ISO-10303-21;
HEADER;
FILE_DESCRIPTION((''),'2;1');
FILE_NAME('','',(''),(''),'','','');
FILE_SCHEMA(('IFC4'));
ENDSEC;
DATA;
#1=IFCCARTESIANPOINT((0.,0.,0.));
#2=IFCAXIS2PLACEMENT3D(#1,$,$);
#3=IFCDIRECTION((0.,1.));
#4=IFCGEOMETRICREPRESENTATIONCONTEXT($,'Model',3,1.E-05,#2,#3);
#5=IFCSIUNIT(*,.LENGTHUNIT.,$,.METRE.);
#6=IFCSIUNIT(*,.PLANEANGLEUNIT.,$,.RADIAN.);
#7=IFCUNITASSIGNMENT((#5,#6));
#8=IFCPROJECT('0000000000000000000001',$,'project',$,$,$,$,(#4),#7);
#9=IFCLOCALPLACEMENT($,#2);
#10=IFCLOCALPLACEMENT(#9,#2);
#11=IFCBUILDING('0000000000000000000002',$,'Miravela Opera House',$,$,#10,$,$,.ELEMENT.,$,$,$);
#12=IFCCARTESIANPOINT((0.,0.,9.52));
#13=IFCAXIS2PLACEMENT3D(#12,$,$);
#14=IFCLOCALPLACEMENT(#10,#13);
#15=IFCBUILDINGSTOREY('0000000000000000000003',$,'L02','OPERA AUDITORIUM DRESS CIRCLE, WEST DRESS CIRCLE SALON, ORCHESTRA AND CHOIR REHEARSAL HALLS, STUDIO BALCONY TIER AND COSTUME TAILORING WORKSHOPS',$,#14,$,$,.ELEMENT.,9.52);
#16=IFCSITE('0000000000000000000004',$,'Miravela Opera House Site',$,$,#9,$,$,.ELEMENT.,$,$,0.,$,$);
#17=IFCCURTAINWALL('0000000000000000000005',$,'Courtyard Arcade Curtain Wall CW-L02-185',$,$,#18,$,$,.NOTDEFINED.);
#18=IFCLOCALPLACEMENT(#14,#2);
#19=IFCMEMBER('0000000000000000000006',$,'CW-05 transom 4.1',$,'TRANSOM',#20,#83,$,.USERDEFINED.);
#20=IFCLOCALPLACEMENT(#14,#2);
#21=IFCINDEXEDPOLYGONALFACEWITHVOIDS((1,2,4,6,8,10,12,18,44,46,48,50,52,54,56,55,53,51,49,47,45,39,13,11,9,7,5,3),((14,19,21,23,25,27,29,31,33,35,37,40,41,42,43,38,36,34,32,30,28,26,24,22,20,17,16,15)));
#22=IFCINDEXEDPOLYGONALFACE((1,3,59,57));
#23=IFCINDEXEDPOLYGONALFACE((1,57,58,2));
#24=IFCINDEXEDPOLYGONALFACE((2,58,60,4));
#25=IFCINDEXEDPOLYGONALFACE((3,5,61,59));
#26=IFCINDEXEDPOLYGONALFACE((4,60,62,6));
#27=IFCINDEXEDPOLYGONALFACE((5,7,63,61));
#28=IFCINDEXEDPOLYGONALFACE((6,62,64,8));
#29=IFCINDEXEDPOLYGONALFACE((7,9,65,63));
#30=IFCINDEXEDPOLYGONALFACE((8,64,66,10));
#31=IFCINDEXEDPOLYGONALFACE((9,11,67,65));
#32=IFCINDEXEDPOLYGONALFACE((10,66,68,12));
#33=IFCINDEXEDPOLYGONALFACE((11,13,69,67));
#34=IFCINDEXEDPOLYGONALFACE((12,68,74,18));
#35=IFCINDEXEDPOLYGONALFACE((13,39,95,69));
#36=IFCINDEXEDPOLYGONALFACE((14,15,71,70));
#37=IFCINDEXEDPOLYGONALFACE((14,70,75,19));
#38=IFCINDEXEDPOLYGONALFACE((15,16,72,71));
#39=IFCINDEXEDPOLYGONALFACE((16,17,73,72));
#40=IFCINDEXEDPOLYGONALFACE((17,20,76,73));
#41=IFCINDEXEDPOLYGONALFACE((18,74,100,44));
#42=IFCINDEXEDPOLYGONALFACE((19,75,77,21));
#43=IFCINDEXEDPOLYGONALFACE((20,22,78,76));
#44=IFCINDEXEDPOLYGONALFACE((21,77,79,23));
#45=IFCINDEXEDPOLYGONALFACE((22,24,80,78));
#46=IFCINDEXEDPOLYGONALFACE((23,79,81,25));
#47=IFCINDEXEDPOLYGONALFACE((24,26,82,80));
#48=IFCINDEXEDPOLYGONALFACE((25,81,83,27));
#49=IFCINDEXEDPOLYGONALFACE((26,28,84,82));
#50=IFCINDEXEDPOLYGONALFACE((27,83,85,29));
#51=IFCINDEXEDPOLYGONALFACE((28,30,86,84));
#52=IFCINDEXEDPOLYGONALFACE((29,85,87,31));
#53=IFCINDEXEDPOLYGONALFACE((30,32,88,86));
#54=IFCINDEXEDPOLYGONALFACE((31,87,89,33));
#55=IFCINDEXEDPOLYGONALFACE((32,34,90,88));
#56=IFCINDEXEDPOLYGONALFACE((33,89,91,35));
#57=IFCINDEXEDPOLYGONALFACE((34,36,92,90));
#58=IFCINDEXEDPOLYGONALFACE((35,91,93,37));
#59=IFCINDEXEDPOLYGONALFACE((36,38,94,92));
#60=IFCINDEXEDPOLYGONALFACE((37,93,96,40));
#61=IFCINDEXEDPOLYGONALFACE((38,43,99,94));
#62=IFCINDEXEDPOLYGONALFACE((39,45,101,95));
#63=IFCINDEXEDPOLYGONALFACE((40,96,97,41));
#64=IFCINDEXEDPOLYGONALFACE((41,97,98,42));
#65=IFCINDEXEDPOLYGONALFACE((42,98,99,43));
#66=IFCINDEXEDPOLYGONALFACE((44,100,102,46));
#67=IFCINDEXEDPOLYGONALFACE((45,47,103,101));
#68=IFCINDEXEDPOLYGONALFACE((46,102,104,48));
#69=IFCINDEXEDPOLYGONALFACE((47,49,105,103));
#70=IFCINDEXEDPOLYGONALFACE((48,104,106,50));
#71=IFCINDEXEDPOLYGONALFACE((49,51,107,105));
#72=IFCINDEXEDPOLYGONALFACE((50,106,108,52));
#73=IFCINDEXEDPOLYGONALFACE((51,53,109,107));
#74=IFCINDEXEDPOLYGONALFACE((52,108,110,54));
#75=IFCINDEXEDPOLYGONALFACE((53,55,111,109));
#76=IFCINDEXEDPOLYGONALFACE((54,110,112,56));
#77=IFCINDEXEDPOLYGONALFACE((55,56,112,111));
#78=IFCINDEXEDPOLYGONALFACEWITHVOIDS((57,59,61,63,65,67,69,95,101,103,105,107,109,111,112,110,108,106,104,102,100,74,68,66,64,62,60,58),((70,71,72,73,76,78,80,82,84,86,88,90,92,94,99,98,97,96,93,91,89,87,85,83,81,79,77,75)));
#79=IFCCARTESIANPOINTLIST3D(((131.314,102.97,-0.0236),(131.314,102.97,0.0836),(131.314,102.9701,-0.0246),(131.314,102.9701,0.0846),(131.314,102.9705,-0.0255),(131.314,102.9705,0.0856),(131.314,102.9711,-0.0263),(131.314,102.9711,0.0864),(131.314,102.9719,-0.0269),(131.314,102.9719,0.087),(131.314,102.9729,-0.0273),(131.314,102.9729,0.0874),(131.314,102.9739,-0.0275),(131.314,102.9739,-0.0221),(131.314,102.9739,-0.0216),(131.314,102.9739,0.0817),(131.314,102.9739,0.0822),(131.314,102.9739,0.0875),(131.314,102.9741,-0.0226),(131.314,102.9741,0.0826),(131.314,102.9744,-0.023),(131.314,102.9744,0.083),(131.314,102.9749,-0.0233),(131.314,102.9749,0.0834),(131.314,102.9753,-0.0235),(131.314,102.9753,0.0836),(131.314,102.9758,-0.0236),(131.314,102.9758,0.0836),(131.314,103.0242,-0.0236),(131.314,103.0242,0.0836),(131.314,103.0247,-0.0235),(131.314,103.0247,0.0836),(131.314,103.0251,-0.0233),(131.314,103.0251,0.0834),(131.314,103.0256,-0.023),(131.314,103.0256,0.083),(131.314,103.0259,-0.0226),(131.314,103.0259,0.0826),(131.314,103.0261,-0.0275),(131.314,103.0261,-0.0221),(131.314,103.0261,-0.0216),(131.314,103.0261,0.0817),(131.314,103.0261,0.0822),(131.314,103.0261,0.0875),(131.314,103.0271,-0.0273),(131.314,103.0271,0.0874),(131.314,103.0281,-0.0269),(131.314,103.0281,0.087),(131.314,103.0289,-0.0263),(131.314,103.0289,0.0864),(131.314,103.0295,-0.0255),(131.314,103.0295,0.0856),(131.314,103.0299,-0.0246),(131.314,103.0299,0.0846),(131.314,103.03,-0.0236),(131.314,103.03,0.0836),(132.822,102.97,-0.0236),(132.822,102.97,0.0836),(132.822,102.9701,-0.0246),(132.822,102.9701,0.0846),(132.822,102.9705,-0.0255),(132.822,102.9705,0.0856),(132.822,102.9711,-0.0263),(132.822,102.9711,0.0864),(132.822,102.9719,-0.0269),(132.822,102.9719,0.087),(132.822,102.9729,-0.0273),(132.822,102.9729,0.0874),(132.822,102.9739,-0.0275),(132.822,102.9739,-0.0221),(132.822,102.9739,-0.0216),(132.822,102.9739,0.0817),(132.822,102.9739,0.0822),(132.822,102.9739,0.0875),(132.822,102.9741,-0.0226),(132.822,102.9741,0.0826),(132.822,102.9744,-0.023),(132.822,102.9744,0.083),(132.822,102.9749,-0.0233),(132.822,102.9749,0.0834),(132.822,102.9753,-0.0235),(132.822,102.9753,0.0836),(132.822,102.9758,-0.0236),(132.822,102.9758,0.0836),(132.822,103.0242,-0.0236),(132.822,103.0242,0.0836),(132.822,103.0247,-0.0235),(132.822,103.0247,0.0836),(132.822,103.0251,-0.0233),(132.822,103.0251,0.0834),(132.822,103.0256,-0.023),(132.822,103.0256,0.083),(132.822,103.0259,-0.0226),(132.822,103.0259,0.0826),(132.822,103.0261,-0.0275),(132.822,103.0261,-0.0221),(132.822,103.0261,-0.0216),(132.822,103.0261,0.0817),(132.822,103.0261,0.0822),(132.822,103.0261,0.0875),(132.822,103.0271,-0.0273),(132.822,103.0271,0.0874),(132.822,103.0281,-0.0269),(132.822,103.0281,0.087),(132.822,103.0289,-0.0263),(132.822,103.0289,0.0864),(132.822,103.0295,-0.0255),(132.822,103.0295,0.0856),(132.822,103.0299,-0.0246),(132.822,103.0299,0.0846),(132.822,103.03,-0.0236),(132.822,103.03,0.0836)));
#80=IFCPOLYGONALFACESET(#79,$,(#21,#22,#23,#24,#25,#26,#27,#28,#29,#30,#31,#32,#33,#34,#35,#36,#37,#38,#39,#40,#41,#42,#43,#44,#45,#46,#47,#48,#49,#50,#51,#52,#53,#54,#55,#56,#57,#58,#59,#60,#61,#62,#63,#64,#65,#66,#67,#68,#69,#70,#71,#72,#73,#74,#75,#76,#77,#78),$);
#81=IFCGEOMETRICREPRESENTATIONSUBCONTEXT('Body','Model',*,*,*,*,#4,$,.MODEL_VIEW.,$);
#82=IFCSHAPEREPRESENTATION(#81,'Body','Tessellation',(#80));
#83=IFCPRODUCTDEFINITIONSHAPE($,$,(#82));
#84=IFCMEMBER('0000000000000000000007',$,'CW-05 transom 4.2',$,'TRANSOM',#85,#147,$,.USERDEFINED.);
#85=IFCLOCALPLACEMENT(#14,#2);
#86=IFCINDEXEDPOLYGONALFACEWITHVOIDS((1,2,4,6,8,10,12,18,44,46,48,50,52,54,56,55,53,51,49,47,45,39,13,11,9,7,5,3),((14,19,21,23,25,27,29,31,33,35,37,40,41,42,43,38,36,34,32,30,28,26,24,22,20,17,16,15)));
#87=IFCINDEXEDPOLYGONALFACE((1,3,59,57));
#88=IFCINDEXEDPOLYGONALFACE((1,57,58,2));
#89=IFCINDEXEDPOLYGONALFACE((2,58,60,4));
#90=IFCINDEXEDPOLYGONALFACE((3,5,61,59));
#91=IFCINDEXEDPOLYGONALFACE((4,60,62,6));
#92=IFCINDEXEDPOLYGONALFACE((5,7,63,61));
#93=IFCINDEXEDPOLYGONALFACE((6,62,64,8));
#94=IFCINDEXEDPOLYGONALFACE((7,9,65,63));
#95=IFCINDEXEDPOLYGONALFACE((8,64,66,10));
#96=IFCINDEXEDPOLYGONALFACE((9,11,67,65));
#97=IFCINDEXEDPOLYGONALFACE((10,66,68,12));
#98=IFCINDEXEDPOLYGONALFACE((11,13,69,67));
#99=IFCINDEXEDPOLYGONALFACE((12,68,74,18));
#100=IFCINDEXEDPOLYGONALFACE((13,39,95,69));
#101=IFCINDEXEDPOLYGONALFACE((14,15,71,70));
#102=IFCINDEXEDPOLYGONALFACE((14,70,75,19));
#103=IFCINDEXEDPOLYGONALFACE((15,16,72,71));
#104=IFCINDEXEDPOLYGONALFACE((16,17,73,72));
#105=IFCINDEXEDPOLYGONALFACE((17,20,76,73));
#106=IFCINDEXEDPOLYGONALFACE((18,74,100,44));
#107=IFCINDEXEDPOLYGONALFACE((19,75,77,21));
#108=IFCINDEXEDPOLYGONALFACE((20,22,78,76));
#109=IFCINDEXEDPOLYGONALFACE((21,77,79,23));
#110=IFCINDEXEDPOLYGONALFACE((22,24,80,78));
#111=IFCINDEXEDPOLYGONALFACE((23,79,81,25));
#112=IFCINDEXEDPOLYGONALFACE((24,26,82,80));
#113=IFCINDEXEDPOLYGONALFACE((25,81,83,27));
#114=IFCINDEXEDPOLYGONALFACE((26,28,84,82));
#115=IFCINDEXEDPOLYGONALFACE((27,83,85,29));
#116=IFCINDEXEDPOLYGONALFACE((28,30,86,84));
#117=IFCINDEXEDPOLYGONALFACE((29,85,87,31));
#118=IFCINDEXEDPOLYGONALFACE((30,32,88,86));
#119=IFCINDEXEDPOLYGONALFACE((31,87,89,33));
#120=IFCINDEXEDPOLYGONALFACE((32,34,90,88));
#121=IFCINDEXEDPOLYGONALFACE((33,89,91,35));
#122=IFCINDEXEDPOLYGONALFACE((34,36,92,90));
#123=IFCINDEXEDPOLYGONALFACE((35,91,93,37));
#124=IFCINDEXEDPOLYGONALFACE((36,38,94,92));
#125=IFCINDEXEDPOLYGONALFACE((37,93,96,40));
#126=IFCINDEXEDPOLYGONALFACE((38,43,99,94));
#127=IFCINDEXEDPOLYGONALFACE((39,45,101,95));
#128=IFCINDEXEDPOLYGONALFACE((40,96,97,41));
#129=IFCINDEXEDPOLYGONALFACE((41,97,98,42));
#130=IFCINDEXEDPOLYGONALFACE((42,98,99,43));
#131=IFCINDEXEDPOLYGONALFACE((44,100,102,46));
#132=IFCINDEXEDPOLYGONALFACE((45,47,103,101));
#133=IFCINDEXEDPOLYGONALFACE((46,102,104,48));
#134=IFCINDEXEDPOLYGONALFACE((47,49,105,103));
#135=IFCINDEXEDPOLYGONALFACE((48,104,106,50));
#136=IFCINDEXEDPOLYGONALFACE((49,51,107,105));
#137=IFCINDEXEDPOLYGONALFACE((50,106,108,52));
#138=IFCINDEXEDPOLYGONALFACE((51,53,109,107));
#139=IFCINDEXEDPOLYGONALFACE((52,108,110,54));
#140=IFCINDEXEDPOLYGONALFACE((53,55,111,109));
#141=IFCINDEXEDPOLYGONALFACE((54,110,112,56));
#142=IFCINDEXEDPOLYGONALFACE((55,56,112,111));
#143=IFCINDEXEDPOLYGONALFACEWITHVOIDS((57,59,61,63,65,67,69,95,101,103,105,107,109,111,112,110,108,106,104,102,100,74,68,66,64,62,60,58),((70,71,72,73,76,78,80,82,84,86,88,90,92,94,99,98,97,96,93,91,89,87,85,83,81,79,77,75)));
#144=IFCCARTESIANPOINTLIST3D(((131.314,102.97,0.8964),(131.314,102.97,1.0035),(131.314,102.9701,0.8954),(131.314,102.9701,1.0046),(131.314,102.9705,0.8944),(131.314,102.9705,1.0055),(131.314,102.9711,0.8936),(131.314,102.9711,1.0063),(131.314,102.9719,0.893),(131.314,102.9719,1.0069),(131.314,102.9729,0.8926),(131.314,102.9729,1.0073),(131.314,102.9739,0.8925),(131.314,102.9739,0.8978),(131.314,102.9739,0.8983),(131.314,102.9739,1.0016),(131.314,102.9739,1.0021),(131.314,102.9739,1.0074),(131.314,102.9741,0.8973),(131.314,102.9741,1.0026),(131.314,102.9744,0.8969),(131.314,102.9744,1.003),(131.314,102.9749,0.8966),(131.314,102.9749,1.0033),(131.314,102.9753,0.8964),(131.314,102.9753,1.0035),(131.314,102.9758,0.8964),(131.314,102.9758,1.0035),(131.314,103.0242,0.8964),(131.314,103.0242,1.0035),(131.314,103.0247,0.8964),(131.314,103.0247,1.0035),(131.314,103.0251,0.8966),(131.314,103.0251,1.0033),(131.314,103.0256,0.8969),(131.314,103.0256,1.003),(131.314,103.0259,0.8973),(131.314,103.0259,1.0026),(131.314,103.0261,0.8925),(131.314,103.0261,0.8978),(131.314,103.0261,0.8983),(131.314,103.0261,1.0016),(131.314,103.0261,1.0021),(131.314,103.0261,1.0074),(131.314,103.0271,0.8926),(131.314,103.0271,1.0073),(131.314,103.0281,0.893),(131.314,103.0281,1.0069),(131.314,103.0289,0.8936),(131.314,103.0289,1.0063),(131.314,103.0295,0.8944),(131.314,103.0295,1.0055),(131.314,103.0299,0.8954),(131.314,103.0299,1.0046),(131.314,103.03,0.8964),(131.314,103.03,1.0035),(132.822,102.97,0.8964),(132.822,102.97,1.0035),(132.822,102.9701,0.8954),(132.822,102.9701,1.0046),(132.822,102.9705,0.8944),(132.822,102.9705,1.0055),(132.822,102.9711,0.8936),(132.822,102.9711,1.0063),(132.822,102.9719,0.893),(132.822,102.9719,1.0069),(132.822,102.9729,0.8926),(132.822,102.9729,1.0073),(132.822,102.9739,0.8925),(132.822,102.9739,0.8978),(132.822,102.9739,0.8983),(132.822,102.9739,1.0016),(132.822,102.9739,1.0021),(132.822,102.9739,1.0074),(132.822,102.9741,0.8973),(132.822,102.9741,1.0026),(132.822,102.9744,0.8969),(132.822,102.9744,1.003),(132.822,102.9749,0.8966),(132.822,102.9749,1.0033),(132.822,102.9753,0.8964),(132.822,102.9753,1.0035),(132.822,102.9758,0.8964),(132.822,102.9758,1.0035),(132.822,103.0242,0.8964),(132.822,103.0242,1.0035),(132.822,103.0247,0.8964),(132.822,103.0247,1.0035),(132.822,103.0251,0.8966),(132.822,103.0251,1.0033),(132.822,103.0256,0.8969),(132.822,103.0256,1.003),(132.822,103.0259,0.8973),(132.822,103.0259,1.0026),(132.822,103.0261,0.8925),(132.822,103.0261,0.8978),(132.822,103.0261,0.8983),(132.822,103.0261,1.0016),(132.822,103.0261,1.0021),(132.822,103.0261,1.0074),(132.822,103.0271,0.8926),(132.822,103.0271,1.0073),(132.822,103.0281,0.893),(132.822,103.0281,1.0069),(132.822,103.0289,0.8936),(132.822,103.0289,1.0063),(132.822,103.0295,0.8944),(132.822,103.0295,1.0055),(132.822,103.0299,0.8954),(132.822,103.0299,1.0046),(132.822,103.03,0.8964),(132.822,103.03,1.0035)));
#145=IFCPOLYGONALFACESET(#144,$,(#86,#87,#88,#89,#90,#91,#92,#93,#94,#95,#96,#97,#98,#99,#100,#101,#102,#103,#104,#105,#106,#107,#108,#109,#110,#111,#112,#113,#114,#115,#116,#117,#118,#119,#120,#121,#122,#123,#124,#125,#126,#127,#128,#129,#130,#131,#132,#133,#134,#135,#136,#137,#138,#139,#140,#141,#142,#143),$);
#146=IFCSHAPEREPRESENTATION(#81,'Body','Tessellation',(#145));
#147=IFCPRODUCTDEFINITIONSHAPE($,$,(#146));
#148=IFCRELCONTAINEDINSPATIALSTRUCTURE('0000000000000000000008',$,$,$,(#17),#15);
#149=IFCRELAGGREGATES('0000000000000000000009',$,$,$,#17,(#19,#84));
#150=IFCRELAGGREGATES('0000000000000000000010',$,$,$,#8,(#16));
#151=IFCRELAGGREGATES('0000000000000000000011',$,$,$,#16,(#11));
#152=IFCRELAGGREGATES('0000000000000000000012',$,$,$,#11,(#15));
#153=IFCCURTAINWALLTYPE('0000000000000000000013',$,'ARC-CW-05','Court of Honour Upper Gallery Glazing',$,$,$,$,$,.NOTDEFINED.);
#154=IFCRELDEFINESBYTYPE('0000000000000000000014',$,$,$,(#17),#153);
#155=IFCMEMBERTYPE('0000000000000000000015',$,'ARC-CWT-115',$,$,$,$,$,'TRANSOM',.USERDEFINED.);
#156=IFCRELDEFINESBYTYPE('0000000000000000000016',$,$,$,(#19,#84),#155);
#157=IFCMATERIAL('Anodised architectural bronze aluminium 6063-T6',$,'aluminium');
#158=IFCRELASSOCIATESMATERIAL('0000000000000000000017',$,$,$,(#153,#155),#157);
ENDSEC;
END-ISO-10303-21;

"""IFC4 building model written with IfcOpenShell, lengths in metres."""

from ifc_helpers import new_model, si_unit, direction, frame, origin, origin_2d, place, context, subcontext, project, spatial, hollow_rectangle, extrude, material, material_profile, profile_set, type_object, element, aggregate, save


model = new_model("IFC4")

# Units and contexts
model_context = context("Model", 3, precision=1e-05, world=origin(), true_north=direction((0.0, 1.0)))
body_context = subcontext(model_context, "Body", "Model", "MODEL_VIEW")
ifc_project = project(units=[si_unit("LENGTHUNIT", "METRE"), si_unit("PLANEANGLEUNIT", "RADIAN")], contexts=[model_context])

# Site, building, storey
site_placement = place(None, origin())
site = spatial("IfcSite", under=ifc_project, at=site_placement, Name="Miravela Opera House Site", CompositionType="ELEMENT", RefElevation=0.0)
building_placement = place(site_placement, origin())
building = spatial("IfcBuilding", under=site, at=building_placement, Name="Miravela Opera House", CompositionType="ELEMENT")
storey_placement = place(building_placement, frame((0.0, 0.0, 9.52)))
storey = spatial("IfcBuildingStorey", under=building, at=storey_placement, Name="L02", Description="OPERA AUDITORIUM DRESS CIRCLE, WEST DRESS CIRCLE SALON, ORCHESTRA AND CHOIR REHEARSAL HALLS, STUDIO BALCONY TIER AND COSTUME TAILORING WORKSHOPS", CompositionType="ELEMENT", Elevation=9.52)

# Curtain wall, members
ifc_material_1 = material(Name="Anodised architectural bronze aluminium 6063-T6", Category="aluminium")
curtain_wall_type = type_object("IfcCurtainWallType", Name="ARC-CW-05", Description="Court of Honour Upper Gallery Glazing", PredefinedType="NOTDEFINED", material=ifc_material_1)
curtain_wall_placement = place(storey_placement, origin())
curtain_wall = element("IfcCurtainWall", 1, at=curtain_wall_placement, inside=storey, type_object=curtain_wall_type, Name="Courtyard Arcade Curtain Wall CW-L02-185", PredefinedType="NOTDEFINED")
ifc_material_profile_1 = material_profile(ifc_material_1, hollow_rectangle(XDim=0.0601, YDim=0.115, WallThickness=0.0039, InnerFilletRadius=0.002, OuterFilletRadius=0.0039, at=origin_2d()), Name="CWT-60X115")
ifc_profile_set_1 = profile_set([ifc_material_profile_1])
member_type_1 = type_object("IfcMemberType", Name="ARC-CWT-115", ElementType="TRANSOM", PredefinedType="USERDEFINED", material=ifc_profile_set_1)
member_1_placement = place(storey_placement, frame((131.314, 103.0, 0.03), z_axis=(1.0, 0.0, 0.0), x_axis=(0.0, 1.0, 0.0)))
member_1 = element("IfcMember", 2, at=member_1_placement, type_object=member_type_1, Name="CW-05 transom 4.1", ObjectType="TRANSOM", PredefinedType="USERDEFINED", context=body_context, shape_type="SweptSolid", body=[
    extrude(hollow_rectangle(XDim=0.0601, YDim=0.115, WallThickness=0.0039, InnerFilletRadius=0.002, OuterFilletRadius=0.0039, at=origin_2d()), origin(), (0.0, 0.0, 1.0), 1.5081),
])
member_2_placement = place(storey_placement, frame((131.314, 103.0, 0.95), z_axis=(1.0, 0.0, 0.0), x_axis=(0.0, 1.0, 0.0)))
member_2 = element("IfcMember", 3, at=member_2_placement, type_object=member_type_1, Name="CW-05 transom 4.2", ObjectType="TRANSOM", PredefinedType="USERDEFINED", context=body_context, shape_type="SweptSolid", body=[
    extrude(hollow_rectangle(XDim=0.0601, YDim=0.115, WallThickness=0.0039, InnerFilletRadius=0.002, OuterFilletRadius=0.0039, at=origin_2d()), origin(), (0.0, 0.0, 1.0), 1.5081),
])

aggregate(curtain_wall, [member_1, member_2])

save(model, "model.ifc")
